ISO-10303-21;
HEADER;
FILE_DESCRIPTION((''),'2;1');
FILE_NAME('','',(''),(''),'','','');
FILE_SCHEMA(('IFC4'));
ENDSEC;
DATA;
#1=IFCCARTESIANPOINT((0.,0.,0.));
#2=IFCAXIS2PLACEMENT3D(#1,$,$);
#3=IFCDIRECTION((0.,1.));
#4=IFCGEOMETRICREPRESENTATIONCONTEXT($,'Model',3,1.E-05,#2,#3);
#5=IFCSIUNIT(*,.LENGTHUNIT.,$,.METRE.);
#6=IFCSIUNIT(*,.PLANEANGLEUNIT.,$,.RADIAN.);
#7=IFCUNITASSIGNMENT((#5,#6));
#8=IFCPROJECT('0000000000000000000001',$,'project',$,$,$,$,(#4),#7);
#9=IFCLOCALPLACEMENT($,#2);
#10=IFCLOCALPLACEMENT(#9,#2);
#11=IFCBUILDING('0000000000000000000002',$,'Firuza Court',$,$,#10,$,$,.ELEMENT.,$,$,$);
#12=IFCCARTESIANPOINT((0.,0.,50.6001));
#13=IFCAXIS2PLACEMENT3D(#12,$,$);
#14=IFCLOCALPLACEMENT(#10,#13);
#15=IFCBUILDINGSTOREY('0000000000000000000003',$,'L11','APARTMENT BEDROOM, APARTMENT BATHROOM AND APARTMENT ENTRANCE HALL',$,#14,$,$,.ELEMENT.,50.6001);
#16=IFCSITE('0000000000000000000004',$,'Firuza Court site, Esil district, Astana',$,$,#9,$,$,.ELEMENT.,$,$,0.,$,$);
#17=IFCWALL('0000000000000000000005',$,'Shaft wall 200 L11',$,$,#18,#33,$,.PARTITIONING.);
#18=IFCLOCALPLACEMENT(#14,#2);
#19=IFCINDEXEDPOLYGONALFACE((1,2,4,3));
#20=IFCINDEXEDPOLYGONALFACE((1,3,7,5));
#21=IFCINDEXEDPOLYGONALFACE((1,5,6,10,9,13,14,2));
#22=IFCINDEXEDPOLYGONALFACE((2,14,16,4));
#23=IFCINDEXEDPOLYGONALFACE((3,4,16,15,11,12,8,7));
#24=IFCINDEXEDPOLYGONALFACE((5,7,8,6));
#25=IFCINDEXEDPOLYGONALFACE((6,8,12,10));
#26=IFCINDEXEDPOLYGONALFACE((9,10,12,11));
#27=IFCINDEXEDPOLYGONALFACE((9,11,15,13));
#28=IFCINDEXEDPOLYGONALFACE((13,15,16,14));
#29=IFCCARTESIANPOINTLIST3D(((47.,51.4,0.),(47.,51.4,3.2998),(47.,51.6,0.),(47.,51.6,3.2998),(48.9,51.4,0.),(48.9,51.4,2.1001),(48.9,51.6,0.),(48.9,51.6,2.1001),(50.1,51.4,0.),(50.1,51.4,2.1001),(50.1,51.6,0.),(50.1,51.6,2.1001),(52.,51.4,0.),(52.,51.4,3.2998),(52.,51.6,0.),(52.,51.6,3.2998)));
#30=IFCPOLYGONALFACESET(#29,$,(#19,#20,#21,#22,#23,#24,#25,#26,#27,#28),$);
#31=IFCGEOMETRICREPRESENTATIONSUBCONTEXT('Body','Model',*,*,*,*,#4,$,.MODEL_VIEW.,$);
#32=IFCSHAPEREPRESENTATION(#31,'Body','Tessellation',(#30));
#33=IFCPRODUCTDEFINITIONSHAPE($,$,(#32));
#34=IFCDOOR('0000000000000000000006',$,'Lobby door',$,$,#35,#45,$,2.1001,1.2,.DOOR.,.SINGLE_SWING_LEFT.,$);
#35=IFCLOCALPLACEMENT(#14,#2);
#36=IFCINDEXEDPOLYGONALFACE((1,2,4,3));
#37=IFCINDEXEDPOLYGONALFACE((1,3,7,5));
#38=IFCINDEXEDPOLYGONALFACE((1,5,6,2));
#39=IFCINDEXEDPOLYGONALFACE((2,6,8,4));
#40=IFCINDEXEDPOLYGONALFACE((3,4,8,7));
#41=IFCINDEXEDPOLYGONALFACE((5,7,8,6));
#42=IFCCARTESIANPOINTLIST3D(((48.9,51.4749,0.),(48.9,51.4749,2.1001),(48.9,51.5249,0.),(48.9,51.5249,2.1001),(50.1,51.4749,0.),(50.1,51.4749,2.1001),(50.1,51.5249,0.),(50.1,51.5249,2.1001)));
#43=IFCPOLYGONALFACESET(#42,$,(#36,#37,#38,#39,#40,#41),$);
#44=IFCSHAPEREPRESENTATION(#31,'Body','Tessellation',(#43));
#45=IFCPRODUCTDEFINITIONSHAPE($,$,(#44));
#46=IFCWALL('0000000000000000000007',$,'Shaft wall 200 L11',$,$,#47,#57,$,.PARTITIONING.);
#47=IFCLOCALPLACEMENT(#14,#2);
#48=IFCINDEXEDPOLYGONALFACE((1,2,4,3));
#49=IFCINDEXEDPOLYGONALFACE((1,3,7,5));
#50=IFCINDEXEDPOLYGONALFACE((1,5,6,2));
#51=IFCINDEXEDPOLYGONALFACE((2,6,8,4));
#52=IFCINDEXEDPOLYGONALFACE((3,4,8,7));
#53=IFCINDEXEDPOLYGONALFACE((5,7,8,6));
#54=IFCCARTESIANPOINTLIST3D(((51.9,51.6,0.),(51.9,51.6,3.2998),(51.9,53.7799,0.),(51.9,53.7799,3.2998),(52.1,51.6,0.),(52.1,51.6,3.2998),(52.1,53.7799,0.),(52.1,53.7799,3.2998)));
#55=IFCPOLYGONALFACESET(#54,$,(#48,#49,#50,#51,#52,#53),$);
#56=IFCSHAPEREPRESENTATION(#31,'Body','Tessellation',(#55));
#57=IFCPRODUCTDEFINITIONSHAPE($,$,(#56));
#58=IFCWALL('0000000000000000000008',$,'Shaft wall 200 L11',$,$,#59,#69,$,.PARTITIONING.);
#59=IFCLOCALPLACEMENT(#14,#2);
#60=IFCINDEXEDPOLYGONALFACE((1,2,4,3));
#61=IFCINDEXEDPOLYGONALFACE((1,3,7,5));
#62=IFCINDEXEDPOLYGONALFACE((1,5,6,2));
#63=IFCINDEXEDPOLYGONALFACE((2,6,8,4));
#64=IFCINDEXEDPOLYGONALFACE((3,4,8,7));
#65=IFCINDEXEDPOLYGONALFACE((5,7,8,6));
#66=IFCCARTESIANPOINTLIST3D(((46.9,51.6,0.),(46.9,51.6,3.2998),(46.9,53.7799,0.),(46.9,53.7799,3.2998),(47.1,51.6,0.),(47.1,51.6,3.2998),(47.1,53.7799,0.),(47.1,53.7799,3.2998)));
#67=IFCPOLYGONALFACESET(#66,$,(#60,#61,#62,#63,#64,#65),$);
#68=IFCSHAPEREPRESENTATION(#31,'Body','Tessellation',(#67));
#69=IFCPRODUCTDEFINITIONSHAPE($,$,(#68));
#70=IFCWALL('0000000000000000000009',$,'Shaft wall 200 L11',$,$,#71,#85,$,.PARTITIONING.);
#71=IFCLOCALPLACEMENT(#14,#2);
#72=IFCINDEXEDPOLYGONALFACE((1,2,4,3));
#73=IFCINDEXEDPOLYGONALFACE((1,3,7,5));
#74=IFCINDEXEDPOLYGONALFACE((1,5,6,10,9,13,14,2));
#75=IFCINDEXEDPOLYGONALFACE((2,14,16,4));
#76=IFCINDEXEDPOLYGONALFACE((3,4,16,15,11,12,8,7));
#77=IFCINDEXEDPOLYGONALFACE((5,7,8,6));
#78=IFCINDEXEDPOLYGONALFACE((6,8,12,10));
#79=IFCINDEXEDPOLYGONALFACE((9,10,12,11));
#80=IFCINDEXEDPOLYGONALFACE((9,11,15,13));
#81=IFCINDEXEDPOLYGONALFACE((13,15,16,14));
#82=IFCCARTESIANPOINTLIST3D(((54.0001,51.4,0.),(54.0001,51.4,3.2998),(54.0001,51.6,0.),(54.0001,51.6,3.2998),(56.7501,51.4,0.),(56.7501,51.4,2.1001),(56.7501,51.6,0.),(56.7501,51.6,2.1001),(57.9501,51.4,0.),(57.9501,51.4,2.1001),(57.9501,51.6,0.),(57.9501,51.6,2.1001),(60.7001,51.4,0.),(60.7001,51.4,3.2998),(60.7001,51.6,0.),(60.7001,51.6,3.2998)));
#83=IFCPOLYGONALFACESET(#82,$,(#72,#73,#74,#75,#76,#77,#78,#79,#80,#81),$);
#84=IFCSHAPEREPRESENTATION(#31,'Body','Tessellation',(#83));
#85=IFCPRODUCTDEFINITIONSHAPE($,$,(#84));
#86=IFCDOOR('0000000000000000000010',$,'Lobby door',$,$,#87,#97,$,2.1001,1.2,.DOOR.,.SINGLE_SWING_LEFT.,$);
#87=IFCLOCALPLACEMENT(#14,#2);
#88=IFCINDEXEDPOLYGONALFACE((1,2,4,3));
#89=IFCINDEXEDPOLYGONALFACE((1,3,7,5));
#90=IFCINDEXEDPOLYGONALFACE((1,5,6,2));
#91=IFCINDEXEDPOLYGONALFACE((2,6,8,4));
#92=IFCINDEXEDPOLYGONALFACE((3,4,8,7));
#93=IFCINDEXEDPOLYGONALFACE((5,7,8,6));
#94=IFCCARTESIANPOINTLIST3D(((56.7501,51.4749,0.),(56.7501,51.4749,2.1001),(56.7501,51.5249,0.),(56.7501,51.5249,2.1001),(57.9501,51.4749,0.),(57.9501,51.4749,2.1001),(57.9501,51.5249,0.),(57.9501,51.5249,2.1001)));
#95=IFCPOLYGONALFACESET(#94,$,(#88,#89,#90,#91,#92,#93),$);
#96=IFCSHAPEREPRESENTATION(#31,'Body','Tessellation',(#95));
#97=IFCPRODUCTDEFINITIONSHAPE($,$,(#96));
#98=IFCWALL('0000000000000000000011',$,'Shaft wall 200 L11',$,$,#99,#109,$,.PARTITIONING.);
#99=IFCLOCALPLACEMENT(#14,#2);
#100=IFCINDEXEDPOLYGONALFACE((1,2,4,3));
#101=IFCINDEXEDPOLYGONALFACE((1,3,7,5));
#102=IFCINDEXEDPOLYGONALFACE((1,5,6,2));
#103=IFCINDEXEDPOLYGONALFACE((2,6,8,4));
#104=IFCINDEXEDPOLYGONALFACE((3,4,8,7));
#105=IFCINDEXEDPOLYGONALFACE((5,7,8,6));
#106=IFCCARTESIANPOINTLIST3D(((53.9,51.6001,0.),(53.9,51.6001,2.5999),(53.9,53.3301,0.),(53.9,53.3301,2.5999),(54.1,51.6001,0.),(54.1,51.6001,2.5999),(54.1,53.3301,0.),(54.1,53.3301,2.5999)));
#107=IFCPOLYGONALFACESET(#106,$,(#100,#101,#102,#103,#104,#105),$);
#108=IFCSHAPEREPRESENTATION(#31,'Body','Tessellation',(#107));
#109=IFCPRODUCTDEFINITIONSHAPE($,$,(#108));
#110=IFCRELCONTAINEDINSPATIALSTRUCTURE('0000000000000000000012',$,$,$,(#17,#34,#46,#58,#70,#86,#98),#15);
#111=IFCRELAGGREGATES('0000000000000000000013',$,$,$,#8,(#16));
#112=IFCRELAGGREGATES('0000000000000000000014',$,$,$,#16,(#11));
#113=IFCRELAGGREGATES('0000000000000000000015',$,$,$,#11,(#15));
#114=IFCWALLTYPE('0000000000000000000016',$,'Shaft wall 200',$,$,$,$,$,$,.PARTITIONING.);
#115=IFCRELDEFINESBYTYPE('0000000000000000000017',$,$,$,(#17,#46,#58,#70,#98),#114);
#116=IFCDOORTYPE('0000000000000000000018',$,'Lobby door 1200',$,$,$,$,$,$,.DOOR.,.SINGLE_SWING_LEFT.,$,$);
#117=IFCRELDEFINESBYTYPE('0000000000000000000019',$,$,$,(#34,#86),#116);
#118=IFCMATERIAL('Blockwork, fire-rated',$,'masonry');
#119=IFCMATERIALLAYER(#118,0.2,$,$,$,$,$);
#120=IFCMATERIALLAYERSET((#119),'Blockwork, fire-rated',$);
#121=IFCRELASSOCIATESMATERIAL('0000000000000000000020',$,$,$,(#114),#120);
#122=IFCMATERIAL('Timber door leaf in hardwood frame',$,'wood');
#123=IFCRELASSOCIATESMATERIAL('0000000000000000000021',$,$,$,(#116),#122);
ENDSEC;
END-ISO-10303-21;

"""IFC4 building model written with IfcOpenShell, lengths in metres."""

from ifc_helpers import new_model, si_unit, direction, frame, frame_2d, origin, place, context, subcontext, project, spatial, rectangle, extrude, material, layer, layer_set, type_object, element, fill, save


model = new_model("IFC4")

# Units and contexts
model_context = context("Model", 3, precision=1e-05, world=origin(), true_north=direction((0.0, 1.0)))
body_context = subcontext(model_context, "Body", "Model", "MODEL_VIEW")
ifc_project = project(units=[si_unit("LENGTHUNIT", "METRE"), si_unit("PLANEANGLEUNIT", "RADIAN")], contexts=[model_context])

# Site, building, storey
site_placement = place(None, origin())
site = spatial("IfcSite", under=ifc_project, at=site_placement, Name="Firuza Court site, Esil district, Astana", CompositionType="ELEMENT", RefElevation=0.0)
building_placement = place(site_placement, origin())
building = spatial("IfcBuilding", under=site, at=building_placement, Name="Firuza Court", CompositionType="ELEMENT")
storey_placement = place(building_placement, frame((0.0, 0.0, 50.6001)))
storey = spatial("IfcBuildingStorey", under=building, at=storey_placement, Name="L11", Description="APARTMENT BEDROOM, APARTMENT BATHROOM AND APARTMENT ENTRANCE HALL", CompositionType="ELEMENT", Elevation=50.6001)

# Wall, opening, door
ifc_material_1 = material(Name="Blockwork, fire-rated", Category="masonry")
ifc_layer_1 = layer(ifc_material_1, 0.2)
ifc_layer_set_1 = layer_set([ifc_layer_1], Name="Blockwork, fire-rated")
wall_type_1 = type_object("IfcWallType", Name="Shaft wall 200", PredefinedType="PARTITIONING", material=ifc_layer_set_1)
wall_1_placement = place(storey_placement, frame((47.0, 51.5, 0.0), z_axis=(0.0, 0.0, 1.0), x_axis=(1.0, 0.0, 0.0)))
wall_1 = element("IfcWall", 1, at=wall_1_placement, inside=storey, type_object=wall_type_1, Name="Shaft wall 200 L11", PredefinedType="PARTITIONING", context=body_context, shape_type="SweptSolid", body=[
    extrude(rectangle(XDim=5.0, YDim=0.2, at=frame_2d((2.5, 0.0))), origin(), (0.0, 0.0, 1.0), 3.2998),
])
opening_1_placement = place(wall_1_placement, frame((1.8999, 0.0, 0.0)))
opening_1 = element("IfcOpeningElement", 2, at=opening_1_placement, cuts=wall_1, PredefinedType="OPENING", context=body_context, shape_type="SweptSolid", body=[
    extrude(rectangle(XDim=1.2, YDim=2.1001, at=frame_2d((0.6001, 1.05))), frame((0.0, 0.1118, 0.0), z_axis=(0.0, -1.0, 0.0), x_axis=(1.0, 0.0, 0.0)), (0.0, 0.0, 1.0), 0.2239),
])
ifc_material_2 = material(Name="Timber door leaf in hardwood frame", Category="wood")
door_type_1 = type_object("IfcDoorType", Name="Lobby door 1200", OperationType="SINGLE_SWING_LEFT", PredefinedType="DOOR", material=ifc_material_2)
door_1_placement = place(opening_1_placement, origin())
door_1 = element("IfcDoor", 3, at=door_1_placement, inside=storey, type_object=door_type_1, Name="Lobby door", OperationType="SINGLE_SWING_LEFT", OverallHeight=2.1001, OverallWidth=1.2, PredefinedType="DOOR", context=body_context, shape_type="SweptSolid", body=[
    extrude(rectangle(XDim=1.2, YDim=2.1001, at=frame_2d((0.6001, 1.05))), frame((0.0, 0.0249, 0.0), z_axis=(0.0, -1.0, 0.0), x_axis=(1.0, 0.0, 0.0)), (0.0, 0.0, 1.0), 0.05),
])
fill(opening_1, door_1)

# Walls
for number, where, z_axis, x_axis, name in (
    (4, (52.0, 51.6001, 0.0), (0.0, 0.0, 1.0), (0.0, 1.0, 0.0), "Shaft wall 200 L11"),
    (5, (47.0, 51.6001, 0.0), (0.0, 0.0, 1.0), (0.0, 1.0, 0.0), "Shaft wall 200 L11"),
):
    element("IfcWall", number, at=place(storey_placement, frame(where, z_axis=z_axis, x_axis=x_axis)), inside=storey, type_object=wall_type_1, Name=name, PredefinedType="PARTITIONING", context=body_context, shape_type="SweptSolid", body=[
        extrude(rectangle(XDim=2.1799, YDim=0.2, at=frame_2d((1.0898, 0.0))), origin(), (0.0, 0.0, 1.0), 3.2998),
    ])

# Wall, opening, door
wall_2_placement = place(storey_placement, frame((54.0, 51.5, 0.0), z_axis=(0.0, 0.0, 1.0), x_axis=(1.0, 0.0, 0.0)))
wall_2 = element("IfcWall", 6, at=wall_2_placement, inside=storey, type_object=wall_type_1, Name="Shaft wall 200 L11", PredefinedType="PARTITIONING", context=body_context, shape_type="SweptSolid", body=[
    extrude(rectangle(XDim=6.7, YDim=0.2, at=frame_2d((3.3501, 0.0))), origin(), (0.0, 0.0, 1.0), 3.2998),
])
opening_2_placement = place(wall_2_placement, frame((2.75, 0.0, 0.0)))
opening_2 = element("IfcOpeningElement", 7, at=opening_2_placement, cuts=wall_2, PredefinedType="OPENING", context=body_context, shape_type="SweptSolid", body=[
    extrude(rectangle(XDim=1.2, YDim=2.1001, at=frame_2d((0.6001, 1.05))), frame((0.0, 0.1118, 0.0), z_axis=(0.0, -1.0, 0.0), x_axis=(1.0, 0.0, 0.0)), (0.0, 0.0, 1.0), 0.2239),
])
door_2_placement = place(opening_2_placement, origin())
door_2 = element("IfcDoor", 8, at=door_2_placement, inside=storey, type_object=door_type_1, Name="Lobby door", OperationType="SINGLE_SWING_LEFT", OverallHeight=2.1001, OverallWidth=1.2, PredefinedType="DOOR", context=body_context, shape_type="SweptSolid", body=[
    extrude(rectangle(XDim=1.2, YDim=2.1001, at=frame_2d((0.6001, 1.05))), frame((0.0, 0.0249, 0.0), z_axis=(0.0, -1.0, 0.0), x_axis=(1.0, 0.0, 0.0)), (0.0, 0.0, 1.0), 0.05),
])
fill(opening_2, door_2)

# Wall
wall_3_placement = place(storey_placement, frame((54.0, 51.6001, 0.0), z_axis=(0.0, 0.0, 1.0), x_axis=(0.0, 1.0, 0.0)))
element("IfcWall", 9, at=wall_3_placement, inside=storey, type_object=wall_type_1, Name="Shaft wall 200 L11", PredefinedType="PARTITIONING", context=body_context, shape_type="SweptSolid", body=[
    extrude(rectangle(XDim=1.73, YDim=0.2, at=frame_2d((0.865, 0.0))), origin(), (0.0, 0.0, 1.0), 2.5999),
])

save(model, "model.ifc")
